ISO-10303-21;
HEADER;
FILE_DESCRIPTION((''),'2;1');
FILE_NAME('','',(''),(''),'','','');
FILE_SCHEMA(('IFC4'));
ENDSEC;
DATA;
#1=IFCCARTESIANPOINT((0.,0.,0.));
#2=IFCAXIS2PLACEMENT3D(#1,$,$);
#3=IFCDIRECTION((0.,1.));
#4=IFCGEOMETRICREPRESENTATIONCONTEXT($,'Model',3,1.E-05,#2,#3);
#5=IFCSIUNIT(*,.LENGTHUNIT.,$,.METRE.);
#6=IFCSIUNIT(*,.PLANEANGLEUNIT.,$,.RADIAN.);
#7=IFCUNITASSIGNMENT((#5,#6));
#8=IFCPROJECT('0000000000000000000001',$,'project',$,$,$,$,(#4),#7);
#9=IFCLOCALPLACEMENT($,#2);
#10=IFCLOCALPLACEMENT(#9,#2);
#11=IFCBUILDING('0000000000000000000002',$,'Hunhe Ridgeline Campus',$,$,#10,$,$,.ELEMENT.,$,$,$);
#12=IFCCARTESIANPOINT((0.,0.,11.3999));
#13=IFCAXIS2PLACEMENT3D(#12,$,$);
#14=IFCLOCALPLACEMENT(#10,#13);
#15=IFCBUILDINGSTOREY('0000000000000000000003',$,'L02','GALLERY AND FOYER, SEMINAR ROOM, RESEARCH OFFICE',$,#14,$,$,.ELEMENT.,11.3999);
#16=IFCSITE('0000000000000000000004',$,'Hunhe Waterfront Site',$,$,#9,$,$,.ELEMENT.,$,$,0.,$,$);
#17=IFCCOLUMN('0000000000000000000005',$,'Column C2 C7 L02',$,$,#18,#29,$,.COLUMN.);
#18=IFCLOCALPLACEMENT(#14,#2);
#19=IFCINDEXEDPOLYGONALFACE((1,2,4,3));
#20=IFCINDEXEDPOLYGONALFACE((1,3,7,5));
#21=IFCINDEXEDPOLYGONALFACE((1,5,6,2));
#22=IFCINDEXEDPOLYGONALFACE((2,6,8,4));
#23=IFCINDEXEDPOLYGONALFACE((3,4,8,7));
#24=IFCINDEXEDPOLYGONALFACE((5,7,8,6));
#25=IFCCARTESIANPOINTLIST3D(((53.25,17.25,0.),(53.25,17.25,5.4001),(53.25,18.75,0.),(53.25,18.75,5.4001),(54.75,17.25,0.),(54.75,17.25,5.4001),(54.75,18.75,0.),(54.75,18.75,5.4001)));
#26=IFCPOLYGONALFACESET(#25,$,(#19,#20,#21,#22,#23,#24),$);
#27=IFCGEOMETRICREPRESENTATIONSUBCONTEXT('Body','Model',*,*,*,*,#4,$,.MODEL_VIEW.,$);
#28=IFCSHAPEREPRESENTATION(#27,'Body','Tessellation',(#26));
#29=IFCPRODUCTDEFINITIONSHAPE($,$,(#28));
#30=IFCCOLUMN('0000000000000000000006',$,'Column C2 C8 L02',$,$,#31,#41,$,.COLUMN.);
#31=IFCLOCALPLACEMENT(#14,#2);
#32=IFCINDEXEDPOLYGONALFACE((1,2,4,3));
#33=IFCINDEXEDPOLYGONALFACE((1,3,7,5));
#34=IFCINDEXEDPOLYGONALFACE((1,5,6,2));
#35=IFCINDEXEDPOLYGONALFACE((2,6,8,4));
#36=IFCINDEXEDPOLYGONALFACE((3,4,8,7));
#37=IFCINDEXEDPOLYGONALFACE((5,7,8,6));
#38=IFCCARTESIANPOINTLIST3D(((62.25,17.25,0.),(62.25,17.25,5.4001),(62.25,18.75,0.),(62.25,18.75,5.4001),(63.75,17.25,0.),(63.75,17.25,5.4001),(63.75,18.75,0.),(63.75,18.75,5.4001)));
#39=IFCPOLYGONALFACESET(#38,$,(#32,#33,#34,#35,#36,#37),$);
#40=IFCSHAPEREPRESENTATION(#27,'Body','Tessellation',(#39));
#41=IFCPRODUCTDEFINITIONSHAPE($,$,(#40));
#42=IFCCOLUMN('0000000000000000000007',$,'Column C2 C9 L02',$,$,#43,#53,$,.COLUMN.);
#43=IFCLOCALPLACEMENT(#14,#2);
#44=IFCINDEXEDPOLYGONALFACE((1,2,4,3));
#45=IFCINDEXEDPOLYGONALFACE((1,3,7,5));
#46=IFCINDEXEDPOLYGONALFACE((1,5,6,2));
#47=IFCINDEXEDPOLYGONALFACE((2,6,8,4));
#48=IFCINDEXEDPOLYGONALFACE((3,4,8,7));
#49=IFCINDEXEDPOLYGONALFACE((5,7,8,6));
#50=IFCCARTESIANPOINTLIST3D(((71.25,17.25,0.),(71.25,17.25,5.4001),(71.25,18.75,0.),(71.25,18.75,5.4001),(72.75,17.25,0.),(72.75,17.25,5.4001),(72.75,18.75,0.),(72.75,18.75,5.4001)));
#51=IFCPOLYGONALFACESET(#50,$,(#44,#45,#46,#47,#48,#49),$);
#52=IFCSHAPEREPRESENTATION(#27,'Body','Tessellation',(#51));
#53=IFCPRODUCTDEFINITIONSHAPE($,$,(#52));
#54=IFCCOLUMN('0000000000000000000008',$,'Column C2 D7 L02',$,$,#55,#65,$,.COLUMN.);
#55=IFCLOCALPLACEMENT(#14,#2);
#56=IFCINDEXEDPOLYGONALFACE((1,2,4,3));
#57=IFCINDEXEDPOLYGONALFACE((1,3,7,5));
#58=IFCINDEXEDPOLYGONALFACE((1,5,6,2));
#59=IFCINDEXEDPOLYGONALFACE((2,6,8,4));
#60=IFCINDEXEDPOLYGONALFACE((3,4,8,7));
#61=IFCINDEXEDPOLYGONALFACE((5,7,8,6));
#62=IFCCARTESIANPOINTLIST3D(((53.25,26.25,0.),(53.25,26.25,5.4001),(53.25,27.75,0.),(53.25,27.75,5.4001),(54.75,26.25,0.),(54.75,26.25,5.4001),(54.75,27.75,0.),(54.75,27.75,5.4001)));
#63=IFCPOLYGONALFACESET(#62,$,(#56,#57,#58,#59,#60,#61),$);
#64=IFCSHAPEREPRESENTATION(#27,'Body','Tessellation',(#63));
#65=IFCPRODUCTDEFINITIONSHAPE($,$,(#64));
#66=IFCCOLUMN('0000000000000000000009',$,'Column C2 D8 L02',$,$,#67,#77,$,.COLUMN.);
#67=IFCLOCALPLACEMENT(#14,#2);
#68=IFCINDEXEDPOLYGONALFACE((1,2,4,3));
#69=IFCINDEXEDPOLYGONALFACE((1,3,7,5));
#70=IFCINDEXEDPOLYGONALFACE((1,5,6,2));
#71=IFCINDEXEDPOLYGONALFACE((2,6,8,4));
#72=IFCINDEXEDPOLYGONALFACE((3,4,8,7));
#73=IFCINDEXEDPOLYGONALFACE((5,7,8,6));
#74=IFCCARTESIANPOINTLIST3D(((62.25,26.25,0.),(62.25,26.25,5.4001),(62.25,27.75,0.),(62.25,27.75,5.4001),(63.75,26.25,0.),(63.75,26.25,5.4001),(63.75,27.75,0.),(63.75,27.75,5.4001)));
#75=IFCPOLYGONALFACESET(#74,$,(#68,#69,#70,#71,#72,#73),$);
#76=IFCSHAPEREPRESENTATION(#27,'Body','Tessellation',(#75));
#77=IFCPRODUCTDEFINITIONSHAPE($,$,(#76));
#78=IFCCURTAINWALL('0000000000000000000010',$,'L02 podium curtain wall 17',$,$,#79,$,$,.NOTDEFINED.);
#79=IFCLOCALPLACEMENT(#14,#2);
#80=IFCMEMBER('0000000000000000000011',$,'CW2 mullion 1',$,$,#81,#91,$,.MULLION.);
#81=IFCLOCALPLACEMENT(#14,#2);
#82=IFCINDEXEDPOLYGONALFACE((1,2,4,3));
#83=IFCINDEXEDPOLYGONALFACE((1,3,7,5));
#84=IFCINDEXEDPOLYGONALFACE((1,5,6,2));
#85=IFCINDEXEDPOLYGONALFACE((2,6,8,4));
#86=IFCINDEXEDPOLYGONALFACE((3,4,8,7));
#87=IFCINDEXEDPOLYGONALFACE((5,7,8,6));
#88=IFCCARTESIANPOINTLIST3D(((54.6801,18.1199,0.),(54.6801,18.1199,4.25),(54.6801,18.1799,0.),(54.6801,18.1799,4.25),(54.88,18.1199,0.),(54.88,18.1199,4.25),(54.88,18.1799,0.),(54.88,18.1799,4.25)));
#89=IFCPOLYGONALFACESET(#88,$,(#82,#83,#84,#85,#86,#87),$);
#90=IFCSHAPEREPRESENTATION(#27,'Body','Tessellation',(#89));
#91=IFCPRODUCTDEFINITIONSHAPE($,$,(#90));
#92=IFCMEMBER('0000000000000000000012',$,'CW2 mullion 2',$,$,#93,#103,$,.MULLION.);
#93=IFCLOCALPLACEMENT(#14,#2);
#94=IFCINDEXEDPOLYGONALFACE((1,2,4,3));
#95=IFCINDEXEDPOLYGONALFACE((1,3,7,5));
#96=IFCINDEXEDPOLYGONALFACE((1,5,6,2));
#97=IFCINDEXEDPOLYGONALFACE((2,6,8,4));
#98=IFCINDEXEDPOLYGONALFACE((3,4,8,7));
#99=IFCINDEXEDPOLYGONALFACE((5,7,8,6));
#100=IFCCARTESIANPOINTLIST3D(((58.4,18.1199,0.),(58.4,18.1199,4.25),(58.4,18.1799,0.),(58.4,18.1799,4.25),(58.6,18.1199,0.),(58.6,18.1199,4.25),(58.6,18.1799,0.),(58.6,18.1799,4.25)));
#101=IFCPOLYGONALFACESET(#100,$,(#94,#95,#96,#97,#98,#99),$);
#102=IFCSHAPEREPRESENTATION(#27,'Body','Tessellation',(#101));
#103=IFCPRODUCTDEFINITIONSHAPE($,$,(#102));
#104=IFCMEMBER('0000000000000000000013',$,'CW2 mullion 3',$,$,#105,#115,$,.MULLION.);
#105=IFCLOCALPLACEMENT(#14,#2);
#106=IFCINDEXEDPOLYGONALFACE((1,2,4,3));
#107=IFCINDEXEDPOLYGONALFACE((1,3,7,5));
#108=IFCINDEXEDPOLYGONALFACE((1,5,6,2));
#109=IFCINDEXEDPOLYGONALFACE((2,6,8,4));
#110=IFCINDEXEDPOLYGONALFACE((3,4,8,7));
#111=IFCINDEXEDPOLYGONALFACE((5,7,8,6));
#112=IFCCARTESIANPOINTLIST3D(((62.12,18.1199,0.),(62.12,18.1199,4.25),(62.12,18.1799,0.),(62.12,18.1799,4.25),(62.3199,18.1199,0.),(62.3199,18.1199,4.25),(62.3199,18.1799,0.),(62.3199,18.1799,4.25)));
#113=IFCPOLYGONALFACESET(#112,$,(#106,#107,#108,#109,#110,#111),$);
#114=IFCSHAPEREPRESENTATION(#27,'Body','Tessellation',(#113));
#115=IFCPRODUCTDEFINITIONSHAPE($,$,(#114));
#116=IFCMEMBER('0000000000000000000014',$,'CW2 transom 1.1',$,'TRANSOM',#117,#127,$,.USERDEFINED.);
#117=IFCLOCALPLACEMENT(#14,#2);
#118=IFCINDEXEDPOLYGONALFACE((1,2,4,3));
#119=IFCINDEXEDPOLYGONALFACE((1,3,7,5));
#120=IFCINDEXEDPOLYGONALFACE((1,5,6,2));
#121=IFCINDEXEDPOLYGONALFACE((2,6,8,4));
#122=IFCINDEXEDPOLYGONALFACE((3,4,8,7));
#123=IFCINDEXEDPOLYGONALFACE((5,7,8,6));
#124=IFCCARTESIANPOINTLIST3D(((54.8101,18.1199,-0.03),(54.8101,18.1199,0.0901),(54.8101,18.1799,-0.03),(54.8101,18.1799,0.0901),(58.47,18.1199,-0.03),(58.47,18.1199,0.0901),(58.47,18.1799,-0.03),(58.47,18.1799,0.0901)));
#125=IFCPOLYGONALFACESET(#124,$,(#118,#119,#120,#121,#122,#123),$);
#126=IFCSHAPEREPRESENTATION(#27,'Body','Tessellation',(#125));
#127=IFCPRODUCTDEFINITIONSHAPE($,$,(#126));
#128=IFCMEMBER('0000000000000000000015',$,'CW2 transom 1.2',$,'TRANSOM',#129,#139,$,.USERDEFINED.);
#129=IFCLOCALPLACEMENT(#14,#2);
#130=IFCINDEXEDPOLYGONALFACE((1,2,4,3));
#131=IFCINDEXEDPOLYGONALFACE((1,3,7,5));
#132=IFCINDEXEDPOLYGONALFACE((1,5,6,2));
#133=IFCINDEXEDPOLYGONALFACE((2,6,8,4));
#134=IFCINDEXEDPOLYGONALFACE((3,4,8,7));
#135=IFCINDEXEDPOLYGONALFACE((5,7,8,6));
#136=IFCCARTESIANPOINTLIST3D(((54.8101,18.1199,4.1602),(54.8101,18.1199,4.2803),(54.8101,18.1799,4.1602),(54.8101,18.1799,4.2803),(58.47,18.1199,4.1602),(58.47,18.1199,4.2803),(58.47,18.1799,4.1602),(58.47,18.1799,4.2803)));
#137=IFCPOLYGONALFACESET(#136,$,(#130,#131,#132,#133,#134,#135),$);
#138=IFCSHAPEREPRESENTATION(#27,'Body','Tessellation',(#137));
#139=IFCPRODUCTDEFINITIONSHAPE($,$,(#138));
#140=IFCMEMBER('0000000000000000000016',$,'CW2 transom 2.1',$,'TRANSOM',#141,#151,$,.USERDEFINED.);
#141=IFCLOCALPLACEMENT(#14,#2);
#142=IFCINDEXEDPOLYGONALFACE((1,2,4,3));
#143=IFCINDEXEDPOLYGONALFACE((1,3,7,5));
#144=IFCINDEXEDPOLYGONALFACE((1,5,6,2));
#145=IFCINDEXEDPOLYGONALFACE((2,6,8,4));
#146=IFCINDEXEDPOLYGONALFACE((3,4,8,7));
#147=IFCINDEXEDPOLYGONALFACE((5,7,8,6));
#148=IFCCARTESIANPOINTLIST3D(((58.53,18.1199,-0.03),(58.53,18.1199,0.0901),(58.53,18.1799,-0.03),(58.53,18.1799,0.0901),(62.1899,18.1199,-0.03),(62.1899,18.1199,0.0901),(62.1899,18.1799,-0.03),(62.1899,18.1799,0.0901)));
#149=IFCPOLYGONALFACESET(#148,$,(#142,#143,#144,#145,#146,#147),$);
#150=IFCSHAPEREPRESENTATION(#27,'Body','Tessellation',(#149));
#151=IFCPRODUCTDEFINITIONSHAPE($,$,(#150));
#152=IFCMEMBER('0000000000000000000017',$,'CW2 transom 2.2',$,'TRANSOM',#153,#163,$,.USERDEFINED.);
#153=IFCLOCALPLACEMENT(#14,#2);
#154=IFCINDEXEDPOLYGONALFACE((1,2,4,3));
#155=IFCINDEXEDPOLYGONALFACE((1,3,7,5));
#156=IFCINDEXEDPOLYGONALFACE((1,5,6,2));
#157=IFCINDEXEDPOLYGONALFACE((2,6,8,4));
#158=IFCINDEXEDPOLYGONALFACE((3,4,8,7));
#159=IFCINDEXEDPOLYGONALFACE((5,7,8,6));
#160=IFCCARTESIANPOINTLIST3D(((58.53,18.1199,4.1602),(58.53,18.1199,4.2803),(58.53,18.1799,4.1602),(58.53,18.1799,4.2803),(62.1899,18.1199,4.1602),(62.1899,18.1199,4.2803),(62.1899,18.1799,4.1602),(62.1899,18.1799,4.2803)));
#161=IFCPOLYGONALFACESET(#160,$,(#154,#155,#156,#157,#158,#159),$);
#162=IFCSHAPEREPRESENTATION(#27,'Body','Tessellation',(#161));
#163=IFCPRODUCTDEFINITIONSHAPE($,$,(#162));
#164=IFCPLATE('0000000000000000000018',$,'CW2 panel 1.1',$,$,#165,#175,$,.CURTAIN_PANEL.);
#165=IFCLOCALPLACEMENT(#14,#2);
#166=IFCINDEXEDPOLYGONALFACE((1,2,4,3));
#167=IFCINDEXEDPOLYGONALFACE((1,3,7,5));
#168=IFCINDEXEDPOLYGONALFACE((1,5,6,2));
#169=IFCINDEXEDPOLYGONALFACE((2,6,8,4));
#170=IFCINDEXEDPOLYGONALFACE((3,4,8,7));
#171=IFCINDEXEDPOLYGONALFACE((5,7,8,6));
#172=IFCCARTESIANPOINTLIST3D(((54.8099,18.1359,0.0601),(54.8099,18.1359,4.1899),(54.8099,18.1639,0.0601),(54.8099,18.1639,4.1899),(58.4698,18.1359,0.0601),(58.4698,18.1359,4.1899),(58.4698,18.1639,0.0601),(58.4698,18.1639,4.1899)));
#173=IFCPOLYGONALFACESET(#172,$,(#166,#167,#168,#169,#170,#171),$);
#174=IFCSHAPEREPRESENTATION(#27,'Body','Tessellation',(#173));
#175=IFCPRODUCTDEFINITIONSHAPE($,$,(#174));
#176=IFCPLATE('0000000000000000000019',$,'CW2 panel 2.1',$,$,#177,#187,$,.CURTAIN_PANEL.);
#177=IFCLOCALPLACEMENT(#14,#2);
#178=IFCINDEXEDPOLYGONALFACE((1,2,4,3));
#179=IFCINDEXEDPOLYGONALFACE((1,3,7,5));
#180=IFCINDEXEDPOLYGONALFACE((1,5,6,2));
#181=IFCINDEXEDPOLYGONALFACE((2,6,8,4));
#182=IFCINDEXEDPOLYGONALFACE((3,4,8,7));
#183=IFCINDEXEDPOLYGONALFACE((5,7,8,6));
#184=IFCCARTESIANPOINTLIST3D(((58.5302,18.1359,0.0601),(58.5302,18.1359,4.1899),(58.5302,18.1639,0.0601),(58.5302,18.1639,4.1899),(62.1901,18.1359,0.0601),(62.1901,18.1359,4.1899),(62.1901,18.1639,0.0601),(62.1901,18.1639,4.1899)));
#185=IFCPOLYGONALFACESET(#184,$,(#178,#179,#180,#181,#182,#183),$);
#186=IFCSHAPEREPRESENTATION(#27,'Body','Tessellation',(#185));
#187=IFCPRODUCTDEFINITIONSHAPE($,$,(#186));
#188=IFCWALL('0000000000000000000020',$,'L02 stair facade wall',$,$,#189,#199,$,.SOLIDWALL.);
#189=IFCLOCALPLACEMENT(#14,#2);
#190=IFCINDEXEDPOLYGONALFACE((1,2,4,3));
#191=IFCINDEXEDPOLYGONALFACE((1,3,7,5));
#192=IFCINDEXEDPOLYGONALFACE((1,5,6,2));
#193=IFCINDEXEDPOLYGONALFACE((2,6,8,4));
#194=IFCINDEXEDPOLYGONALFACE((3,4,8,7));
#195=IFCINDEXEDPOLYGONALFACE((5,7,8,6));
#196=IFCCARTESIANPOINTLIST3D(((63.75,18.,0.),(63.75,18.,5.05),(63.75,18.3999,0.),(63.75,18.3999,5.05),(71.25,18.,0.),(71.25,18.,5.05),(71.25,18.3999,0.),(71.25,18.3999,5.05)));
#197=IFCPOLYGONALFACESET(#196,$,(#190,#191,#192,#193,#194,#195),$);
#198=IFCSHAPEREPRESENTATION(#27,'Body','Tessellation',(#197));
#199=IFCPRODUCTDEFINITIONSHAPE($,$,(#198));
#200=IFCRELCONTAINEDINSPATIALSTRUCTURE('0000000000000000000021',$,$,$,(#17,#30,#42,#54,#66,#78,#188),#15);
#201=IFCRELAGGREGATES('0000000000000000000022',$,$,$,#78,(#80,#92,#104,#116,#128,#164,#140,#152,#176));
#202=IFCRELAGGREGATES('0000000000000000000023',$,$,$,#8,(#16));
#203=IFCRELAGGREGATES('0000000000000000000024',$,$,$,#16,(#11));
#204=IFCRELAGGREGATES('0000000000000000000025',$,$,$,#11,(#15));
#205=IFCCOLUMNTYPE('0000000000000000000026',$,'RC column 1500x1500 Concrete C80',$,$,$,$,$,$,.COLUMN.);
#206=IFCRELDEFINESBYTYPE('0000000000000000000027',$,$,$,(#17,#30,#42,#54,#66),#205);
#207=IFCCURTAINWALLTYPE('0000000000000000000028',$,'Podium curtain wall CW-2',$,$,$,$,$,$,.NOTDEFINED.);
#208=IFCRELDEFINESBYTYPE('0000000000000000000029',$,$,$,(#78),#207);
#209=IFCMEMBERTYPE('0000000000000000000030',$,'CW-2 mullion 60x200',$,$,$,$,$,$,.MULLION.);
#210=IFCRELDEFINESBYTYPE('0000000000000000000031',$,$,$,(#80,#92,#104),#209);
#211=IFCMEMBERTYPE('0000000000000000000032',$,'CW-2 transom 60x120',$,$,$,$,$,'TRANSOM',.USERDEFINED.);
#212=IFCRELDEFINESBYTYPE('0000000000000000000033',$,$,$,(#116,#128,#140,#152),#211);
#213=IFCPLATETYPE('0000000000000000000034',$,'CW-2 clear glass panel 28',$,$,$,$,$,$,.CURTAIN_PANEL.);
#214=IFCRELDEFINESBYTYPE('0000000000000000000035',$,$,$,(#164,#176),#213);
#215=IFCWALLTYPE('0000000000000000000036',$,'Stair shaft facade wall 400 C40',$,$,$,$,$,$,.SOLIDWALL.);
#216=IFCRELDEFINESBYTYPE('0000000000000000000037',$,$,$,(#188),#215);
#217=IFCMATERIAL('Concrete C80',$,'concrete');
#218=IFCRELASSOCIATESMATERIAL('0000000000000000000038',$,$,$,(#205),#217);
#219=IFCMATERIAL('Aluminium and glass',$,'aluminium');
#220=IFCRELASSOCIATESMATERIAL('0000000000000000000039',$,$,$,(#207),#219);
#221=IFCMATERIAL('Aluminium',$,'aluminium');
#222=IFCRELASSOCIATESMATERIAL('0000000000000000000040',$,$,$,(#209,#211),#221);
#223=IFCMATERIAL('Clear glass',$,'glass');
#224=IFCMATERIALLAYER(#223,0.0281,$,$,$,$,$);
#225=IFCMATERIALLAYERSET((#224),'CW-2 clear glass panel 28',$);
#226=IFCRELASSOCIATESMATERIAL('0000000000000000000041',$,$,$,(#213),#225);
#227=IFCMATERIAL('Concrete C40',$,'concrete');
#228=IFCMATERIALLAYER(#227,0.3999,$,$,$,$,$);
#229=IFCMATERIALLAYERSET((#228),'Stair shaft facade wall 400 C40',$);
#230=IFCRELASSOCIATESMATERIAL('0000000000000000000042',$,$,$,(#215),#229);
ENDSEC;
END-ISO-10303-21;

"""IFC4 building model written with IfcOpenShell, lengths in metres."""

from ifc_helpers import new_model, si_unit, direction, frame, frame_2d, origin, origin_2d, place, context, subcontext, project, spatial, rectangle, extrude, material, layer, layer_set, material_profile, profile_set, type_object, element, aggregate, save


model = new_model("IFC4")

# Units and contexts
model_context = context("Model", 3, precision=1e-05, world=origin(), true_north=direction((0.0, 1.0)))
body_context = subcontext(model_context, "Body", "Model", "MODEL_VIEW")
ifc_project = project(units=[si_unit("LENGTHUNIT", "METRE"), si_unit("PLANEANGLEUNIT", "RADIAN")], contexts=[model_context])

# Site, building, storey
site_placement = place(None, origin())
site = spatial("IfcSite", under=ifc_project, at=site_placement, Name="Hunhe Waterfront Site", CompositionType="ELEMENT", RefElevation=0.0)
building_placement = place(site_placement, origin())
building = spatial("IfcBuilding", under=site, at=building_placement, Name="Hunhe Ridgeline Campus", CompositionType="ELEMENT")
storey_placement = place(building_placement, frame((0.0, 0.0, 11.3999)))
storey = spatial("IfcBuildingStorey", under=building, at=storey_placement, Name="L02", Description="GALLERY AND FOYER, SEMINAR ROOM, RESEARCH OFFICE", CompositionType="ELEMENT", Elevation=11.3999)

# Columns
ifc_material_1 = material(Name="Concrete C80", Category="concrete")
ifc_material_profile_1 = material_profile(ifc_material_1, rectangle(XDim=1.5, YDim=1.5, at=origin_2d()))
ifc_profile_set_1 = profile_set([ifc_material_profile_1], Name="Concrete C80")
column_type = type_object("IfcColumnType", Name="RC column 1500x1500 Concrete C80", PredefinedType="COLUMN", material=ifc_profile_set_1)
for number, where, z_axis, x_axis, name in (
    (1, (54.0, 18.0, 0.0), (0.0, 0.0, 1.0), (1.0, 0.0, 0.0), "Column C2 C7 L02"),
    (2, (63.0, 18.0, 0.0), (0.0, 0.0, 1.0), (1.0, 0.0, 0.0), "Column C2 C8 L02"),
    (3, (72.0, 18.0, 0.0), (0.0, 0.0, 1.0), (1.0, 0.0, 0.0), "Column C2 C9 L02"),
    (4, (54.0, 27.0, 0.0), (0.0, 0.0, 1.0), (1.0, 0.0, 0.0), "Column C2 D7 L02"),
    (5, (63.0, 27.0, 0.0), (0.0, 0.0, 1.0), (1.0, 0.0, 0.0), "Column C2 D8 L02"),
):
    element("IfcColumn", number, at=place(storey_placement, frame(where, z_axis=z_axis, x_axis=x_axis)), inside=storey, type_object=column_type, Name=name, PredefinedType="COLUMN", context=body_context, shape_type="SweptSolid", body=[
        extrude(rectangle(XDim=1.5, YDim=1.5, at=origin_2d()), origin(), (0.0, 0.0, 1.0), 5.4001),
    ])

# Curtain wall, members, plates
ifc_material_2 = material(Name="Aluminium and glass", Category="aluminium")
curtain_wall_type = type_object("IfcCurtainWallType", Name="Podium curtain wall CW-2", PredefinedType="NOTDEFINED", material=ifc_material_2)
curtain_wall_placement = place(storey_placement, origin())
curtain_wall = element("IfcCurtainWall", 6, at=curtain_wall_placement, inside=storey, type_object=curtain_wall_type, Name="L02 podium curtain wall 17", PredefinedType="NOTDEFINED")
ifc_material_3 = material(Name="Aluminium", Category="aluminium")
ifc_material_profile_2 = material_profile(ifc_material_3, rectangle(XDim=0.0601, YDim=0.2, at=origin_2d()))
ifc_profile_set_2 = profile_set([ifc_material_profile_2], Name="Aluminium")
member_type_1 = type_object("IfcMemberType", Name="CW-2 mullion 60x200", PredefinedType="MULLION", material=ifc_profile_set_2)
member_1_placement = place(storey_placement, frame((54.78, 18.1499, 0.0), z_axis=(0.0, 0.0, 1.0), x_axis=(0.0, 1.0, 0.0)))
member_1 = element("IfcMember", 7, at=member_1_placement, type_object=member_type_1, Name="CW2 mullion 1", PredefinedType="MULLION", context=body_context, shape_type="SweptSolid", body=[
    extrude(rectangle(XDim=0.0601, YDim=0.2, at=origin_2d()), origin(), (0.0, 0.0, 1.0), 4.25),
])
member_2_placement = place(storey_placement, frame((58.5, 18.1499, 0.0), z_axis=(0.0, 0.0, 1.0), x_axis=(0.0, 1.0, 0.0)))
member_2 = element("IfcMember", 8, at=member_2_placement, type_object=member_type_1, Name="CW2 mullion 2", PredefinedType="MULLION", context=body_context, shape_type="SweptSolid", body=[
    extrude(rectangle(XDim=0.0601, YDim=0.2, at=origin_2d()), origin(), (0.0, 0.0, 1.0), 4.25),
])
member_3_placement = place(storey_placement, frame((62.22, 18.1499, 0.0), z_axis=(0.0, 0.0, 1.0), x_axis=(0.0, 1.0, 0.0)))
member_3 = element("IfcMember", 9, at=member_3_placement, type_object=member_type_1, Name="CW2 mullion 3", PredefinedType="MULLION", context=body_context, shape_type="SweptSolid", body=[
    extrude(rectangle(XDim=0.0601, YDim=0.2, at=origin_2d()), origin(), (0.0, 0.0, 1.0), 4.25),
])
ifc_material_profile_3 = material_profile(ifc_material_3, rectangle(XDim=0.0601, YDim=0.1201, at=origin_2d()))
ifc_profile_set_3 = profile_set([ifc_material_profile_3], Name="Aluminium")
member_type_2 = type_object("IfcMemberType", Name="CW-2 transom 60x120", ElementType="TRANSOM", PredefinedType="USERDEFINED", material=ifc_profile_set_3)
member_4_placement = place(storey_placement, frame((54.8101, 18.1499, 0.03), z_axis=(1.0, 0.0, 0.0), x_axis=(0.0, 1.0, 0.0)))
member_4 = element("IfcMember", 10, at=member_4_placement, type_object=member_type_2, Name="CW2 transom 1.1", ObjectType="TRANSOM", PredefinedType="USERDEFINED", context=body_context, shape_type="SweptSolid", body=[
    extrude(rectangle(XDim=0.0601, YDim=0.1201, at=origin_2d()), origin(), (0.0, 0.0, 1.0), 3.6599),
])
member_5_placement = place(storey_placement, frame((54.8101, 18.1499, 4.2202), z_axis=(1.0, 0.0, 0.0), x_axis=(0.0, 1.0, 0.0)))
member_5 = element("IfcMember", 11, at=member_5_placement, type_object=member_type_2, Name="CW2 transom 1.2", ObjectType="TRANSOM", PredefinedType="USERDEFINED", context=body_context, shape_type="SweptSolid", body=[
    extrude(rectangle(XDim=0.0601, YDim=0.1201, at=origin_2d()), origin(), (0.0, 0.0, 1.0), 3.6599),
])
member_6_placement = place(storey_placement, frame((58.53, 18.1499, 0.03), z_axis=(1.0, 0.0, 0.0), x_axis=(0.0, 1.0, 0.0)))
member_6 = element("IfcMember", 12, at=member_6_placement, type_object=member_type_2, Name="CW2 transom 2.1", ObjectType="TRANSOM", PredefinedType="USERDEFINED", context=body_context, shape_type="SweptSolid", body=[
    extrude(rectangle(XDim=0.0601, YDim=0.1201, at=origin_2d()), origin(), (0.0, 0.0, 1.0), 3.6599),
])
member_7_placement = place(storey_placement, frame((58.53, 18.1499, 4.2202), z_axis=(1.0, 0.0, 0.0), x_axis=(0.0, 1.0, 0.0)))
member_7 = element("IfcMember", 13, at=member_7_placement, type_object=member_type_2, Name="CW2 transom 2.2", ObjectType="TRANSOM", PredefinedType="USERDEFINED", context=body_context, shape_type="SweptSolid", body=[
    extrude(rectangle(XDim=0.0601, YDim=0.1201, at=origin_2d()), origin(), (0.0, 0.0, 1.0), 3.6599),
])
ifc_material_4 = material(Name="Clear glass", Category="glass")
ifc_layer_1 = layer(ifc_material_4, 0.0281)
ifc_layer_set_1 = layer_set([ifc_layer_1], Name="CW-2 clear glass panel 28")
plate_type = type_object("IfcPlateType", Name="CW-2 clear glass panel 28", PredefinedType="CURTAIN_PANEL", material=ifc_layer_set_1)
plate_1_placement = place(storey_placement, frame((56.6399, 18.1499, 0.0601), z_axis=(0.0, 0.0, 1.0), x_axis=(1.0, 0.0, 0.0)))
plate_1 = element("IfcPlate", 14, at=plate_1_placement, type_object=plate_type, Name="CW2 panel 1.1", PredefinedType="CURTAIN_PANEL", context=body_context, shape_type="SweptSolid", body=[
    extrude(rectangle(XDim=3.6599, YDim=0.0281, at=origin_2d()), origin(), (0.0, 0.0, 1.0), 4.1299),
])
plate_2_placement = place(storey_placement, frame((60.3601, 18.1499, 0.0601), z_axis=(0.0, 0.0, 1.0), x_axis=(1.0, 0.0, 0.0)))
plate_2 = element("IfcPlate", 15, at=plate_2_placement, type_object=plate_type, Name="CW2 panel 2.1", PredefinedType="CURTAIN_PANEL", context=body_context, shape_type="SweptSolid", body=[
    extrude(rectangle(XDim=3.6599, YDim=0.0281, at=origin_2d()), origin(), (0.0, 0.0, 1.0), 4.1299),
])
aggregate(curtain_wall, [member_1, member_2, member_3, member_4, member_5, plate_1, member_6, member_7, plate_2])

# Wall
ifc_material_5 = material(Name="Concrete C40", Category="concrete")
ifc_layer_2 = layer(ifc_material_5, 0.3999)
ifc_layer_set_2 = layer_set([ifc_layer_2], Name="Stair shaft facade wall 400 C40")
wall_type_1 = type_object("IfcWallType", Name="Stair shaft facade wall 400 C40", PredefinedType="SOLIDWALL", material=ifc_layer_set_2)
wall_1_placement = place(storey_placement, frame((71.25, 18.2, 0.0), z_axis=(0.0, 0.0, 1.0), x_axis=(-1.0, 0.0, 0.0)))
element("IfcWall", 16, at=wall_1_placement, inside=storey, type_object=wall_type_1, Name="L02 stair facade wall", PredefinedType="SOLIDWALL", context=body_context, shape_type="SweptSolid", body=[
    extrude(rectangle(XDim=7.5, YDim=0.3999, at=frame_2d((3.75, 0.0))), origin(), (0.0, 0.0, 1.0), 5.05),
])

save(model, "model.ifc")
